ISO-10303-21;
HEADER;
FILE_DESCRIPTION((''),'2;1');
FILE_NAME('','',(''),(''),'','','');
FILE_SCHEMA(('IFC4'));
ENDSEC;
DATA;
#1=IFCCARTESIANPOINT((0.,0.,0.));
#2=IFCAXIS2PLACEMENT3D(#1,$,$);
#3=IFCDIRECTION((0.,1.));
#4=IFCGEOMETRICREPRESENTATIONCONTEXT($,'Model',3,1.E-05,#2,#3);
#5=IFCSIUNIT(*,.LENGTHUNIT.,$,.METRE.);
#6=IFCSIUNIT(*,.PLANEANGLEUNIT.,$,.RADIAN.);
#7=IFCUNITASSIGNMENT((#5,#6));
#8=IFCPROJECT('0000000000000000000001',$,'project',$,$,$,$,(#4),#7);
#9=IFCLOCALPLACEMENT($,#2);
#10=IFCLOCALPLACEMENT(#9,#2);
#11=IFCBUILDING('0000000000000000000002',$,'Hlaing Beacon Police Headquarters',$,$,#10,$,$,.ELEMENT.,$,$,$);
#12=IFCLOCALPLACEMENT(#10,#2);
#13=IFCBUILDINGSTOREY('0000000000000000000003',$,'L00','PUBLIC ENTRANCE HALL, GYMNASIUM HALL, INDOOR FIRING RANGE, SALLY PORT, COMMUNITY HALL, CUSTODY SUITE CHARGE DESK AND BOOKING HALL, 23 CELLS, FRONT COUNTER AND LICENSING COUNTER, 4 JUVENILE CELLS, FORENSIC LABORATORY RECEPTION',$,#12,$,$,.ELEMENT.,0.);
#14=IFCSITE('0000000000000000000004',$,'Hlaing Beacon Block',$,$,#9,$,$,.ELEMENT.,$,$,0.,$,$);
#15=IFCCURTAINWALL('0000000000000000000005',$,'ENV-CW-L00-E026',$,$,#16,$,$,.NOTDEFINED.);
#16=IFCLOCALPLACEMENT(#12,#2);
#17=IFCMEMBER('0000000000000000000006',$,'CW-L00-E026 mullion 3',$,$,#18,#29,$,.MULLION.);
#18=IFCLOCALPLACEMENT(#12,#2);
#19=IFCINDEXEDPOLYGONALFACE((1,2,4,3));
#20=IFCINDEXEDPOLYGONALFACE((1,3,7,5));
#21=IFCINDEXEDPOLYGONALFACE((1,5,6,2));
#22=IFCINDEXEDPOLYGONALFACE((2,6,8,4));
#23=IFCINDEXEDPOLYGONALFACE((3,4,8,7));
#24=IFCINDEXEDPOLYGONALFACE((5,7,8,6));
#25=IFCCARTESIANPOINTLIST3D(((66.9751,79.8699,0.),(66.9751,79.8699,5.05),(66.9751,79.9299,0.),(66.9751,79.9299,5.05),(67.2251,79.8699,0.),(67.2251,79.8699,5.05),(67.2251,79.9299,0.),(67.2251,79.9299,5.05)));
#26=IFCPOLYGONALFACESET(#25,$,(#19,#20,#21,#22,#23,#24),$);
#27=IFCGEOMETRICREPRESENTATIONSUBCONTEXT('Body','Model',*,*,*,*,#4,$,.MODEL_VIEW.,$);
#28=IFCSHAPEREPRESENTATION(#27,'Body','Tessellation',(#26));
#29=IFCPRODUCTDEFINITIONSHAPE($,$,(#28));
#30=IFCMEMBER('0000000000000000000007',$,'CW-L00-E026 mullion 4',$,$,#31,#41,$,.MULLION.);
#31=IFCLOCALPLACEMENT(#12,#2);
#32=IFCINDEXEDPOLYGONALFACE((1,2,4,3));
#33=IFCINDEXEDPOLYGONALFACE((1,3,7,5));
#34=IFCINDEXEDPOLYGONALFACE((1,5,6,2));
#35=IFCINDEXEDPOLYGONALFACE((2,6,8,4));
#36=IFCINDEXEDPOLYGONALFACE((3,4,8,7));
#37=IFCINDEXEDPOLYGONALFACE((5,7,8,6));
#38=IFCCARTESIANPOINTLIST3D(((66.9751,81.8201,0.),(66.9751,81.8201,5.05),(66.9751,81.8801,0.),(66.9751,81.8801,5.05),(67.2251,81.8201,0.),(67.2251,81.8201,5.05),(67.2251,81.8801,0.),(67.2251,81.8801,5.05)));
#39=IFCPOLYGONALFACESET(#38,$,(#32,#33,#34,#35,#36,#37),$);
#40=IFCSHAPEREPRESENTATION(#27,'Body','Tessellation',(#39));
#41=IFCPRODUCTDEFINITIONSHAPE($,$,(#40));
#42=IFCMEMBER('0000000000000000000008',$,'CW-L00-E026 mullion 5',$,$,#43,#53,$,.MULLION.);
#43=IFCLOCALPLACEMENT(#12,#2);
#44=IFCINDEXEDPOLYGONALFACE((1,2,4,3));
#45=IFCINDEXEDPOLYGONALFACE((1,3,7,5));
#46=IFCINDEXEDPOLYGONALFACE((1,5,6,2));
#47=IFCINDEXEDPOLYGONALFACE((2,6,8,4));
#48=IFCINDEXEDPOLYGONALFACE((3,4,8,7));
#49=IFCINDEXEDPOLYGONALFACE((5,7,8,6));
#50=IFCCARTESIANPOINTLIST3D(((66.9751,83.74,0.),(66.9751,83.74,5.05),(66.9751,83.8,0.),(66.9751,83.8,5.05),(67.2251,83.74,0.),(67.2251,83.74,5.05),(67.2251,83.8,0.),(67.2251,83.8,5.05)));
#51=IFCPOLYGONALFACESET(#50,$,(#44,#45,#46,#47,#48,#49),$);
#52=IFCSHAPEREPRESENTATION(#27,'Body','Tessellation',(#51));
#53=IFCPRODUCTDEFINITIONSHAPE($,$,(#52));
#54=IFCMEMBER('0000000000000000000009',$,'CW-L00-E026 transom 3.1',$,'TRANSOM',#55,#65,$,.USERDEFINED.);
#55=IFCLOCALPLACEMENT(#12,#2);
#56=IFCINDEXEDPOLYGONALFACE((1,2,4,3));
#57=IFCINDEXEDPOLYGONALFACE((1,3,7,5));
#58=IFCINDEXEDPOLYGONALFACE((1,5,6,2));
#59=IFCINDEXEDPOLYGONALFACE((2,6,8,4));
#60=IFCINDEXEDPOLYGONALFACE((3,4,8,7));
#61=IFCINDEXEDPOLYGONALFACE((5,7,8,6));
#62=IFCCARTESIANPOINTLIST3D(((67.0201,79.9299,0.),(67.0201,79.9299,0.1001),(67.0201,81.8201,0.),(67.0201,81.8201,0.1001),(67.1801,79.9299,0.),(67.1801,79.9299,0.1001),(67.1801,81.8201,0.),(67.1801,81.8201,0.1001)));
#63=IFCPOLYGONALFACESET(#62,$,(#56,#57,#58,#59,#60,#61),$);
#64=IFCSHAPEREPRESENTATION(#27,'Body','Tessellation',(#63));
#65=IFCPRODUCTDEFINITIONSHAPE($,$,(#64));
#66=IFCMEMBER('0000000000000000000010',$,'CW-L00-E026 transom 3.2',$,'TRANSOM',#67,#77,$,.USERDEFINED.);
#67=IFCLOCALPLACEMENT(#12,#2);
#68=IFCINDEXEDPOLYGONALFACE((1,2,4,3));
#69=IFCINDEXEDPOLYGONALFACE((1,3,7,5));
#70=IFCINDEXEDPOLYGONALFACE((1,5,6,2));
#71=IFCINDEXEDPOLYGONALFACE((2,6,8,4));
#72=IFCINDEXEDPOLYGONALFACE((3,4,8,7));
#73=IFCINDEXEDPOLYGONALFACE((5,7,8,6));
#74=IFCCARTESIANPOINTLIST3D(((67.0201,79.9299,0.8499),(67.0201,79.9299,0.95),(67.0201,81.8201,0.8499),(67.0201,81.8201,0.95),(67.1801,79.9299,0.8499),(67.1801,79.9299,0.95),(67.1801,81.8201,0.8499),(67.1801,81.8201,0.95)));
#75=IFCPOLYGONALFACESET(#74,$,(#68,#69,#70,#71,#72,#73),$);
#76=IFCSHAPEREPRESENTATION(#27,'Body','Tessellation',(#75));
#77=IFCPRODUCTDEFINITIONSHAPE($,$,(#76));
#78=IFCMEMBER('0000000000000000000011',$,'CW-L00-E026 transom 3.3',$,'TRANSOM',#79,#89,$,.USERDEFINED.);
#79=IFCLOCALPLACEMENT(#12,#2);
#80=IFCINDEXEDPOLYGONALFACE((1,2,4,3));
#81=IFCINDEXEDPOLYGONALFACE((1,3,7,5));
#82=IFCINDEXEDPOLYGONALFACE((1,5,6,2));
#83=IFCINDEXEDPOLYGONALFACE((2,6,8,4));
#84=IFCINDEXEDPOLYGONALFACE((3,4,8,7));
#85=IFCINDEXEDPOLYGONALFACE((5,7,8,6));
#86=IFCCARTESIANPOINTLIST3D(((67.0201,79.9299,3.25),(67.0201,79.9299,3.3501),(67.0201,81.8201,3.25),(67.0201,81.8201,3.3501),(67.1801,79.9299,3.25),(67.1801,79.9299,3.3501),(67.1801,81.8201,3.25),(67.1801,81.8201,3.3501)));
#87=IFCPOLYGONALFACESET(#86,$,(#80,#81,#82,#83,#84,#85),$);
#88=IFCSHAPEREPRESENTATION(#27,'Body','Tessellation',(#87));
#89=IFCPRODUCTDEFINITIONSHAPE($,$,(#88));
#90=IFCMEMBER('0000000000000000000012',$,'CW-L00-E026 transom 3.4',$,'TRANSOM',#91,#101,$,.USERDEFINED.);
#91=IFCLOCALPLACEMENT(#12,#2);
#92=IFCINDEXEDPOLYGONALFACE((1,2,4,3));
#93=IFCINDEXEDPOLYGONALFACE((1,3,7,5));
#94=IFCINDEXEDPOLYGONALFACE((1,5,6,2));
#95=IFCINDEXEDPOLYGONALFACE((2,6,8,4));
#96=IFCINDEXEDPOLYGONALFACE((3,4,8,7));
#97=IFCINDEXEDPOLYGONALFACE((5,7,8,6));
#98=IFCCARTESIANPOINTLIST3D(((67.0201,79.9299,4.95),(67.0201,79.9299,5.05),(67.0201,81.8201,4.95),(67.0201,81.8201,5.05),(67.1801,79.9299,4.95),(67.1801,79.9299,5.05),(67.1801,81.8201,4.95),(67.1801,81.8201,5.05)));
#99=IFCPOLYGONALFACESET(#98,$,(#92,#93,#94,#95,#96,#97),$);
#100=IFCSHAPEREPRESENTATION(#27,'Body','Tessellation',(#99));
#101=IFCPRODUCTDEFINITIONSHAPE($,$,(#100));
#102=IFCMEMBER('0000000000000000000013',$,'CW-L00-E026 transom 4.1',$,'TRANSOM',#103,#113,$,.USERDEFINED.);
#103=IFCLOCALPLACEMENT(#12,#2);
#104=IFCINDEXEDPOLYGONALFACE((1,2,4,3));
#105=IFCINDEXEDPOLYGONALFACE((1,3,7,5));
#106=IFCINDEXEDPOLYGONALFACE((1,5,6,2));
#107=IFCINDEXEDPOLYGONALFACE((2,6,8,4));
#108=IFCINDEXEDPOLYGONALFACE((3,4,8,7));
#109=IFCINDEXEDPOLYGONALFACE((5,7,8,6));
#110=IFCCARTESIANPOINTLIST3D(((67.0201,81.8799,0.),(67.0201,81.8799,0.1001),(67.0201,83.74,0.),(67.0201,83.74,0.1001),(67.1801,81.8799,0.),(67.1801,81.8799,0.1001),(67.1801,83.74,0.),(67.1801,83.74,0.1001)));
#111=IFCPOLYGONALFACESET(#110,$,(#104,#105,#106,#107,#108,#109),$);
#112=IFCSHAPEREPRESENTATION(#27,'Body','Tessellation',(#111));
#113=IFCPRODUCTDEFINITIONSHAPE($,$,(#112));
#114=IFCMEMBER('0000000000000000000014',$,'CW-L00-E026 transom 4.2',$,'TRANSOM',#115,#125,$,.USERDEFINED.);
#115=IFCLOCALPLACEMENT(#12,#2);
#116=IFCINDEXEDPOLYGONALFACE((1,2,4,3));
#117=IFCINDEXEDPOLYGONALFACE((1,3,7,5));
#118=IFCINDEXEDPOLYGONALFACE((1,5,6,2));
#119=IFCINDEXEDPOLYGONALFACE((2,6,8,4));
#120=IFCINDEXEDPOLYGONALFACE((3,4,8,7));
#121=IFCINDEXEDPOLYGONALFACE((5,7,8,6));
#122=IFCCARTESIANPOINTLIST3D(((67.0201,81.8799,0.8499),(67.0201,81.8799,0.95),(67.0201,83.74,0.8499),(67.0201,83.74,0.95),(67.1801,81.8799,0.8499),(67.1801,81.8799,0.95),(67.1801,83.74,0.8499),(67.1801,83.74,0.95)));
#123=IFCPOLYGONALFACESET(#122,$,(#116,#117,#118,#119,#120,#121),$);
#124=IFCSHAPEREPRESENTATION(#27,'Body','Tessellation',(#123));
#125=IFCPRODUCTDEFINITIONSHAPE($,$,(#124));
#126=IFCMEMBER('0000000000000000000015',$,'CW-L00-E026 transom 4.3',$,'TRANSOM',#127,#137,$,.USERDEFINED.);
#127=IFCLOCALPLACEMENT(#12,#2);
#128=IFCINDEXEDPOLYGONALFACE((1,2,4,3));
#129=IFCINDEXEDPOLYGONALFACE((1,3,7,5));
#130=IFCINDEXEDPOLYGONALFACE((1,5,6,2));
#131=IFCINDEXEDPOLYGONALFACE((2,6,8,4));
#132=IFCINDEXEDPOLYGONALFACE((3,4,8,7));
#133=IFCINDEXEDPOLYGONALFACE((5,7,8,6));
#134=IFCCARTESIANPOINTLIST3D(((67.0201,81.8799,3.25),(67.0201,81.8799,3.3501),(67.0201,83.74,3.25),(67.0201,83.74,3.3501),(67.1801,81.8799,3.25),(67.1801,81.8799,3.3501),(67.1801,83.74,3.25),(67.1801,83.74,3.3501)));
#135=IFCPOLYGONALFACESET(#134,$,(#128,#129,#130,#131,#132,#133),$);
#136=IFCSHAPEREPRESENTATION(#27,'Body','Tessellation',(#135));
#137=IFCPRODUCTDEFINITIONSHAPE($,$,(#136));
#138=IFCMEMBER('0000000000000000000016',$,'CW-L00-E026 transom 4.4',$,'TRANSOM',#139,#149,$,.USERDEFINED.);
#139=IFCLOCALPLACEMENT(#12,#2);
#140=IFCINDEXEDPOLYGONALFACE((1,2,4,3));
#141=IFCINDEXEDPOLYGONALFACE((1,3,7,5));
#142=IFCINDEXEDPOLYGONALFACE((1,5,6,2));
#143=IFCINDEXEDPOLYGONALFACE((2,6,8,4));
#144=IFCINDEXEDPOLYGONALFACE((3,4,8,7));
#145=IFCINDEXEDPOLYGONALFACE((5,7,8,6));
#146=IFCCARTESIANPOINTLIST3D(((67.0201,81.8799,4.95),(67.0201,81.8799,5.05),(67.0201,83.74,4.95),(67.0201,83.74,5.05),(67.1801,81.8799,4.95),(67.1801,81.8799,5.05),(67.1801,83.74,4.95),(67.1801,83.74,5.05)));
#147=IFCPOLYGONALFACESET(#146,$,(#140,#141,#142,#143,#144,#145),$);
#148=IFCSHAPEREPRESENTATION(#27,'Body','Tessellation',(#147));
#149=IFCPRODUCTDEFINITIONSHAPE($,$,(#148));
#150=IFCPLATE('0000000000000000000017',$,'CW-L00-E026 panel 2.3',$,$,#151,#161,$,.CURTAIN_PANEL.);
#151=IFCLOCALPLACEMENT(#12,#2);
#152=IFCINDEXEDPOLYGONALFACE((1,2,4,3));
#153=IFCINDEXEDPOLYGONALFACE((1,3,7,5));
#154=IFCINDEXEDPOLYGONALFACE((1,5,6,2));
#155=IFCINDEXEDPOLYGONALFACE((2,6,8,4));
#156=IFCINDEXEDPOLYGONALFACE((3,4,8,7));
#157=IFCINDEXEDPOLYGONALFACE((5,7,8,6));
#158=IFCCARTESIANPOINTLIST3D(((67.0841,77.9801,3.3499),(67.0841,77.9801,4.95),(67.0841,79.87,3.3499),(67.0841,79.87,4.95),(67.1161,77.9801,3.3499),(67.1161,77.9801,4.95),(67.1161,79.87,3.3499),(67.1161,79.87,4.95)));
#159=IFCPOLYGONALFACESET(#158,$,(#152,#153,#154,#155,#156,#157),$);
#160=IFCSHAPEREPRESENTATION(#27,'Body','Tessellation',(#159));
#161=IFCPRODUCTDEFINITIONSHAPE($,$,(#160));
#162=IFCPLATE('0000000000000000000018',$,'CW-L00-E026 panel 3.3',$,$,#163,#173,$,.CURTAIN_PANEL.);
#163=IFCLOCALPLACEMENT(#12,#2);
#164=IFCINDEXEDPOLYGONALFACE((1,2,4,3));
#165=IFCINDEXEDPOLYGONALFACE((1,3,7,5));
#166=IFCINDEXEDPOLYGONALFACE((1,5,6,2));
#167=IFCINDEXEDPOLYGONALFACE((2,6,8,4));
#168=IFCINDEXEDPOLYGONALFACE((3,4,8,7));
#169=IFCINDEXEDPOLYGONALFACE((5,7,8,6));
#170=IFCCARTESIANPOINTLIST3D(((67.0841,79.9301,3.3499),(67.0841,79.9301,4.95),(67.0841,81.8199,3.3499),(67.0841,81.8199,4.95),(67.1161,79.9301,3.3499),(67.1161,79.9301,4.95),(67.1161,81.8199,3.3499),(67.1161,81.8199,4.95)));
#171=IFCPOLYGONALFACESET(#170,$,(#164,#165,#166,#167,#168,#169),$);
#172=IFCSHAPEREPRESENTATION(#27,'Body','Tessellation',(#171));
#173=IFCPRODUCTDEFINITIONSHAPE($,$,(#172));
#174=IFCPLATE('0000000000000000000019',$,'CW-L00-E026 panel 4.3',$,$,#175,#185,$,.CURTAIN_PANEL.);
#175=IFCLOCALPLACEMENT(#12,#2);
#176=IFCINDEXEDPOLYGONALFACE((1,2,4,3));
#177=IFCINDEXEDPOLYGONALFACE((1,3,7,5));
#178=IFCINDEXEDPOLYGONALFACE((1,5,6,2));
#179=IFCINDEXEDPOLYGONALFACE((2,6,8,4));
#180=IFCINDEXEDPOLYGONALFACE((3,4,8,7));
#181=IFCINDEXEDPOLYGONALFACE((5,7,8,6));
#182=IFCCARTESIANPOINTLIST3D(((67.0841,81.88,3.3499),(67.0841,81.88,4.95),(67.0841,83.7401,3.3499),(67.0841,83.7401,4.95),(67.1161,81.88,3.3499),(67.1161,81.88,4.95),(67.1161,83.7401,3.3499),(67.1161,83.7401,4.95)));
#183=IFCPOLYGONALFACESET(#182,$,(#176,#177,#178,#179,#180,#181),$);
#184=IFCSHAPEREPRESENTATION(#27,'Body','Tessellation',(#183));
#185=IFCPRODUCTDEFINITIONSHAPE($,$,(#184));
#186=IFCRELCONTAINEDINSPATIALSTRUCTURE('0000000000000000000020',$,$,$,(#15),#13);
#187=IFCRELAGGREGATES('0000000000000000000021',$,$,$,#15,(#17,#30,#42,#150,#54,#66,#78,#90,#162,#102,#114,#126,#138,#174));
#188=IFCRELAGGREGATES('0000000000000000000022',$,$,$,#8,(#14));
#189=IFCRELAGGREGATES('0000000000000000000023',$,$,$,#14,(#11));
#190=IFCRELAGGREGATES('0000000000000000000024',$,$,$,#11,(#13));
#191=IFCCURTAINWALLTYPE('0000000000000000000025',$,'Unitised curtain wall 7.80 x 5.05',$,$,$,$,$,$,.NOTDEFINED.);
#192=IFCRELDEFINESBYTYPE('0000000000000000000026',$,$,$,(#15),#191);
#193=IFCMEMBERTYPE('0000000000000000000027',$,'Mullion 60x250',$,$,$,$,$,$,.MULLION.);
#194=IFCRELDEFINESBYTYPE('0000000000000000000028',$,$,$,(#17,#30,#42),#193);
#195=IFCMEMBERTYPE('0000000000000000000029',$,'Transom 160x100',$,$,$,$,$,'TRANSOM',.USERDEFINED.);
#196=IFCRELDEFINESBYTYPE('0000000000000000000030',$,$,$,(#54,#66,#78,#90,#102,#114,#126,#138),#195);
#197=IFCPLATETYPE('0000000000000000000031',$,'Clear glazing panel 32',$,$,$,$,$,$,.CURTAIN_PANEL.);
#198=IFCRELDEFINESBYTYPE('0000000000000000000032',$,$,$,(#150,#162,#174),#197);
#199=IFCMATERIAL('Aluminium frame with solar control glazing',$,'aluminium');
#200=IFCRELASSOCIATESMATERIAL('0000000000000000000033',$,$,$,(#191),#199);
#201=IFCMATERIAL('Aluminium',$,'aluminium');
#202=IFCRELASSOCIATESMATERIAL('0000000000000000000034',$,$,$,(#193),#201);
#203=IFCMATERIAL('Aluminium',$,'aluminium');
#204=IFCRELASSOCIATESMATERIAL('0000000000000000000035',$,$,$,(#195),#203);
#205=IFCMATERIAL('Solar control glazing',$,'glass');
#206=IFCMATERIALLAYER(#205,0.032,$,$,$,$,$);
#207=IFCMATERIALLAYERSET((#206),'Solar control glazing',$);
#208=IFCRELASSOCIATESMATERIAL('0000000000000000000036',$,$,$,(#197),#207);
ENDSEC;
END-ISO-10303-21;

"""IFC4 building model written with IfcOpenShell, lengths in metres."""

from ifc_helpers import new_model, si_unit, direction, frame, origin, origin_2d, place, context, subcontext, project, spatial, rectangle, extrude, material, layer, layer_set, material_profile, profile_set, type_object, element, aggregate, save


model = new_model("IFC4")

# Units and contexts
model_context = context("Model", 3, precision=1e-05, world=origin(), true_north=direction((0.0, 1.0)))
body_context = subcontext(model_context, "Body", "Model", "MODEL_VIEW")
ifc_project = project(units=[si_unit("LENGTHUNIT", "METRE"), si_unit("PLANEANGLEUNIT", "RADIAN")], contexts=[model_context])

# Site, building, storey
site_placement = place(None, origin())
site = spatial("IfcSite", under=ifc_project, at=site_placement, Name="Hlaing Beacon Block", CompositionType="ELEMENT", RefElevation=0.0)
building_placement = place(site_placement, origin())
building = spatial("IfcBuilding", under=site, at=building_placement, Name="Hlaing Beacon Police Headquarters", CompositionType="ELEMENT")
storey_placement = place(building_placement, origin())
storey = spatial("IfcBuildingStorey", under=building, at=storey_placement, Name="L00", Description="PUBLIC ENTRANCE HALL, GYMNASIUM HALL, INDOOR FIRING RANGE, SALLY PORT, COMMUNITY HALL, CUSTODY SUITE CHARGE DESK AND BOOKING HALL, 23 CELLS, FRONT COUNTER AND LICENSING COUNTER, 4 JUVENILE CELLS, FORENSIC LABORATORY RECEPTION", CompositionType="ELEMENT", Elevation=0.0)

# Curtain wall, members, plates
ifc_material_1 = material(Name="Aluminium frame with solar control glazing", Category="aluminium")
curtain_wall_type = type_object("IfcCurtainWallType", Name="Unitised curtain wall 7.80 x 5.05", PredefinedType="NOTDEFINED", material=ifc_material_1)
curtain_wall_placement = place(storey_placement, origin())
curtain_wall = element("IfcCurtainWall", 1, at=curtain_wall_placement, inside=storey, type_object=curtain_wall_type, Name="ENV-CW-L00-E026", PredefinedType="NOTDEFINED")
ifc_material_2 = material(Name="Aluminium", Category="aluminium")
ifc_material_profile_1 = material_profile(ifc_material_2, rectangle(XDim=0.25, YDim=0.0601, at=origin_2d()), Name="Mullion 60x250")
ifc_profile_set_1 = profile_set([ifc_material_profile_1], Name="Aluminium")
member_type_1 = type_object("IfcMemberType", Name="Mullion 60x250", PredefinedType="MULLION", material=ifc_profile_set_1)
member_1_placement = place(storey_placement, frame((67.1001, 79.8999, 0.0), z_axis=(0.0, 0.0, 1.0), x_axis=(-1.0, 0.0, 0.0)))
member_1 = element("IfcMember", 2, at=member_1_placement, type_object=member_type_1, Name="CW-L00-E026 mullion 3", PredefinedType="MULLION", context=body_context, shape_type="SweptSolid", body=[
    extrude(rectangle(XDim=0.25, YDim=0.0601, at=origin_2d()), origin(), (0.0, 0.0, 1.0), 5.05),
])
member_2_placement = place(storey_placement, frame((67.1001, 81.8501, 0.0), z_axis=(0.0, 0.0, 1.0), x_axis=(-1.0, 0.0, 0.0)))
member_2 = element("IfcMember", 3, at=member_2_placement, type_object=member_type_1, Name="CW-L00-E026 mullion 4", PredefinedType="MULLION", context=body_context, shape_type="SweptSolid", body=[
    extrude(rectangle(XDim=0.25, YDim=0.0601, at=origin_2d()), origin(), (0.0, 0.0, 1.0), 5.05),
])
member_3_placement = place(storey_placement, frame((67.1001, 83.77, 0.0), z_axis=(0.0, 0.0, 1.0), x_axis=(-1.0, 0.0, 0.0)))
member_3 = element("IfcMember", 4, at=member_3_placement, type_object=member_type_1, Name="CW-L00-E026 mullion 5", PredefinedType="MULLION", context=body_context, shape_type="SweptSolid", body=[
    extrude(rectangle(XDim=0.25, YDim=0.0601, at=origin_2d()), origin(), (0.0, 0.0, 1.0), 5.05),
])
ifc_material_3 = material(Name="Aluminium", Category="aluminium")
ifc_material_profile_2 = material_profile(ifc_material_3, rectangle(XDim=0.1599, YDim=0.1001, at=origin_2d()), Name="Transom 160x100")
ifc_profile_set_2 = profile_set([ifc_material_profile_2], Name="Aluminium")
member_type_2 = type_object("IfcMemberType", Name="Transom 160x100", ElementType="TRANSOM", PredefinedType="USERDEFINED", material=ifc_profile_set_2)
member_4_placement = place(storey_placement, frame((67.1001, 79.9299, 0.05), z_axis=(0.0, 1.0, 0.0), x_axis=(-1.0, 0.0, 0.0)))
member_4 = element("IfcMember", 5, at=member_4_placement, type_object=member_type_2, Name="CW-L00-E026 transom 3.1", ObjectType="TRANSOM", PredefinedType="USERDEFINED", context=body_context, shape_type="SweptSolid", body=[
    extrude(rectangle(XDim=0.1599, YDim=0.1001, at=origin_2d()), origin(), (0.0, 0.0, 1.0), 1.8901),
])
member_5_placement = place(storey_placement, frame((67.1001, 79.9299, 0.8999), z_axis=(0.0, 1.0, 0.0), x_axis=(-1.0, 0.0, 0.0)))
member_5 = element("IfcMember", 6, at=member_5_placement, type_object=member_type_2, Name="CW-L00-E026 transom 3.2", ObjectType="TRANSOM", PredefinedType="USERDEFINED", context=body_context, shape_type="SweptSolid", body=[
    extrude(rectangle(XDim=0.1599, YDim=0.1001, at=origin_2d()), origin(), (0.0, 0.0, 1.0), 1.8901),
])
member_6_placement = place(storey_placement, frame((67.1001, 79.9299, 3.3), z_axis=(0.0, 1.0, 0.0), x_axis=(-1.0, 0.0, 0.0)))
member_6 = element("IfcMember", 7, at=member_6_placement, type_object=member_type_2, Name="CW-L00-E026 transom 3.3", ObjectType="TRANSOM", PredefinedType="USERDEFINED", context=body_context, shape_type="SweptSolid", body=[
    extrude(rectangle(XDim=0.1599, YDim=0.1001, at=origin_2d()), origin(), (0.0, 0.0, 1.0), 1.8901),
])
member_7_placement = place(storey_placement, frame((67.1001, 79.9299, 5.0), z_axis=(0.0, 1.0, 0.0), x_axis=(-1.0, 0.0, 0.0)))
member_7 = element("IfcMember", 8, at=member_7_placement, type_object=member_type_2, Name="CW-L00-E026 transom 3.4", ObjectType="TRANSOM", PredefinedType="USERDEFINED", context=body_context, shape_type="SweptSolid", body=[
    extrude(rectangle(XDim=0.1599, YDim=0.1001, at=origin_2d()), origin(), (0.0, 0.0, 1.0), 1.8901),
])
member_8_placement = place(storey_placement, frame((67.1001, 81.8799, 0.05), z_axis=(0.0, 1.0, 0.0), x_axis=(-1.0, 0.0, 0.0)))
member_8 = element("IfcMember", 9, at=member_8_placement, type_object=member_type_2, Name="CW-L00-E026 transom 4.1", ObjectType="TRANSOM", PredefinedType="USERDEFINED", context=body_context, shape_type="SweptSolid", body=[
    extrude(rectangle(XDim=0.1599, YDim=0.1001, at=origin_2d()), origin(), (0.0, 0.0, 1.0), 1.8601),
])
member_9_placement = place(storey_placement, frame((67.1001, 81.8799, 0.8999), z_axis=(0.0, 1.0, 0.0), x_axis=(-1.0, 0.0, 0.0)))
member_9 = element("IfcMember", 10, at=member_9_placement, type_object=member_type_2, Name="CW-L00-E026 transom 4.2", ObjectType="TRANSOM", PredefinedType="USERDEFINED", context=body_context, shape_type="SweptSolid", body=[
    extrude(rectangle(XDim=0.1599, YDim=0.1001, at=origin_2d()), origin(), (0.0, 0.0, 1.0), 1.8601),
])
member_10_placement = place(storey_placement, frame((67.1001, 81.8799, 3.3), z_axis=(0.0, 1.0, 0.0), x_axis=(-1.0, 0.0, 0.0)))
member_10 = element("IfcMember", 11, at=member_10_placement, type_object=member_type_2, Name="CW-L00-E026 transom 4.3", ObjectType="TRANSOM", PredefinedType="USERDEFINED", context=body_context, shape_type="SweptSolid", body=[
    extrude(rectangle(XDim=0.1599, YDim=0.1001, at=origin_2d()), origin(), (0.0, 0.0, 1.0), 1.8601),
])
member_11_placement = place(storey_placement, frame((67.1001, 81.8799, 5.0), z_axis=(0.0, 1.0, 0.0), x_axis=(-1.0, 0.0, 0.0)))
member_11 = element("IfcMember", 12, at=member_11_placement, type_object=member_type_2, Name="CW-L00-E026 transom 4.4", ObjectType="TRANSOM", PredefinedType="USERDEFINED", context=body_context, shape_type="SweptSolid", body=[
    extrude(rectangle(XDim=0.1599, YDim=0.1001, at=origin_2d()), origin(), (0.0, 0.0, 1.0), 1.8601),
])
ifc_material_4 = material(Name="Solar control glazing", Category="glass")
ifc_layer_1 = layer(ifc_material_4, 0.032)
ifc_layer_set_1 = layer_set([ifc_layer_1], Name="Solar control glazing")
plate_type_1 = type_object("IfcPlateType", Name="Clear glazing panel 32", PredefinedType="CURTAIN_PANEL", material=ifc_layer_set_1)
plate_1_placement = place(storey_placement, frame((67.1001, 78.925, 3.3499), z_axis=(0.0, 0.0, 1.0), x_axis=(0.0, 1.0, 0.0)))
plate_1 = element("IfcPlate", 13, at=plate_1_placement, type_object=plate_type_1, Name="CW-L00-E026 panel 2.3", PredefinedType="CURTAIN_PANEL", context=body_context, shape_type="SweptSolid", body=[
    extrude(rectangle(XDim=1.8899, YDim=0.032, at=origin_2d()), origin(), (0.0, 0.0, 1.0), 1.6001),
])
plate_2_placement = place(storey_placement, frame((67.1001, 80.875, 3.3499), z_axis=(0.0, 0.0, 1.0), x_axis=(0.0, 1.0, 0.0)))
plate_2 = element("IfcPlate", 14, at=plate_2_placement, type_object=plate_type_1, Name="CW-L00-E026 panel 3.3", PredefinedType="CURTAIN_PANEL", context=body_context, shape_type="SweptSolid", body=[
    extrude(rectangle(XDim=1.8899, YDim=0.032, at=origin_2d()), origin(), (0.0, 0.0, 1.0), 1.6001),
])
plate_3_placement = place(storey_placement, frame((67.1001, 82.8101, 3.3499), z_axis=(0.0, 0.0, 1.0), x_axis=(0.0, 1.0, 0.0)))
plate_3 = element("IfcPlate", 15, at=plate_3_placement, type_object=plate_type_1, Name="CW-L00-E026 panel 4.3", PredefinedType="CURTAIN_PANEL", context=body_context, shape_type="SweptSolid", body=[
    extrude(rectangle(XDim=1.8601, YDim=0.032, at=origin_2d()), origin(), (0.0, 0.0, 1.0), 1.6001),
])
aggregate(curtain_wall, [member_1, member_2, member_3, plate_1, member_4, member_5, member_6, member_7, plate_2, member_8, member_9, member_10, member_11, plate_3])

save(model, "model.ifc")
